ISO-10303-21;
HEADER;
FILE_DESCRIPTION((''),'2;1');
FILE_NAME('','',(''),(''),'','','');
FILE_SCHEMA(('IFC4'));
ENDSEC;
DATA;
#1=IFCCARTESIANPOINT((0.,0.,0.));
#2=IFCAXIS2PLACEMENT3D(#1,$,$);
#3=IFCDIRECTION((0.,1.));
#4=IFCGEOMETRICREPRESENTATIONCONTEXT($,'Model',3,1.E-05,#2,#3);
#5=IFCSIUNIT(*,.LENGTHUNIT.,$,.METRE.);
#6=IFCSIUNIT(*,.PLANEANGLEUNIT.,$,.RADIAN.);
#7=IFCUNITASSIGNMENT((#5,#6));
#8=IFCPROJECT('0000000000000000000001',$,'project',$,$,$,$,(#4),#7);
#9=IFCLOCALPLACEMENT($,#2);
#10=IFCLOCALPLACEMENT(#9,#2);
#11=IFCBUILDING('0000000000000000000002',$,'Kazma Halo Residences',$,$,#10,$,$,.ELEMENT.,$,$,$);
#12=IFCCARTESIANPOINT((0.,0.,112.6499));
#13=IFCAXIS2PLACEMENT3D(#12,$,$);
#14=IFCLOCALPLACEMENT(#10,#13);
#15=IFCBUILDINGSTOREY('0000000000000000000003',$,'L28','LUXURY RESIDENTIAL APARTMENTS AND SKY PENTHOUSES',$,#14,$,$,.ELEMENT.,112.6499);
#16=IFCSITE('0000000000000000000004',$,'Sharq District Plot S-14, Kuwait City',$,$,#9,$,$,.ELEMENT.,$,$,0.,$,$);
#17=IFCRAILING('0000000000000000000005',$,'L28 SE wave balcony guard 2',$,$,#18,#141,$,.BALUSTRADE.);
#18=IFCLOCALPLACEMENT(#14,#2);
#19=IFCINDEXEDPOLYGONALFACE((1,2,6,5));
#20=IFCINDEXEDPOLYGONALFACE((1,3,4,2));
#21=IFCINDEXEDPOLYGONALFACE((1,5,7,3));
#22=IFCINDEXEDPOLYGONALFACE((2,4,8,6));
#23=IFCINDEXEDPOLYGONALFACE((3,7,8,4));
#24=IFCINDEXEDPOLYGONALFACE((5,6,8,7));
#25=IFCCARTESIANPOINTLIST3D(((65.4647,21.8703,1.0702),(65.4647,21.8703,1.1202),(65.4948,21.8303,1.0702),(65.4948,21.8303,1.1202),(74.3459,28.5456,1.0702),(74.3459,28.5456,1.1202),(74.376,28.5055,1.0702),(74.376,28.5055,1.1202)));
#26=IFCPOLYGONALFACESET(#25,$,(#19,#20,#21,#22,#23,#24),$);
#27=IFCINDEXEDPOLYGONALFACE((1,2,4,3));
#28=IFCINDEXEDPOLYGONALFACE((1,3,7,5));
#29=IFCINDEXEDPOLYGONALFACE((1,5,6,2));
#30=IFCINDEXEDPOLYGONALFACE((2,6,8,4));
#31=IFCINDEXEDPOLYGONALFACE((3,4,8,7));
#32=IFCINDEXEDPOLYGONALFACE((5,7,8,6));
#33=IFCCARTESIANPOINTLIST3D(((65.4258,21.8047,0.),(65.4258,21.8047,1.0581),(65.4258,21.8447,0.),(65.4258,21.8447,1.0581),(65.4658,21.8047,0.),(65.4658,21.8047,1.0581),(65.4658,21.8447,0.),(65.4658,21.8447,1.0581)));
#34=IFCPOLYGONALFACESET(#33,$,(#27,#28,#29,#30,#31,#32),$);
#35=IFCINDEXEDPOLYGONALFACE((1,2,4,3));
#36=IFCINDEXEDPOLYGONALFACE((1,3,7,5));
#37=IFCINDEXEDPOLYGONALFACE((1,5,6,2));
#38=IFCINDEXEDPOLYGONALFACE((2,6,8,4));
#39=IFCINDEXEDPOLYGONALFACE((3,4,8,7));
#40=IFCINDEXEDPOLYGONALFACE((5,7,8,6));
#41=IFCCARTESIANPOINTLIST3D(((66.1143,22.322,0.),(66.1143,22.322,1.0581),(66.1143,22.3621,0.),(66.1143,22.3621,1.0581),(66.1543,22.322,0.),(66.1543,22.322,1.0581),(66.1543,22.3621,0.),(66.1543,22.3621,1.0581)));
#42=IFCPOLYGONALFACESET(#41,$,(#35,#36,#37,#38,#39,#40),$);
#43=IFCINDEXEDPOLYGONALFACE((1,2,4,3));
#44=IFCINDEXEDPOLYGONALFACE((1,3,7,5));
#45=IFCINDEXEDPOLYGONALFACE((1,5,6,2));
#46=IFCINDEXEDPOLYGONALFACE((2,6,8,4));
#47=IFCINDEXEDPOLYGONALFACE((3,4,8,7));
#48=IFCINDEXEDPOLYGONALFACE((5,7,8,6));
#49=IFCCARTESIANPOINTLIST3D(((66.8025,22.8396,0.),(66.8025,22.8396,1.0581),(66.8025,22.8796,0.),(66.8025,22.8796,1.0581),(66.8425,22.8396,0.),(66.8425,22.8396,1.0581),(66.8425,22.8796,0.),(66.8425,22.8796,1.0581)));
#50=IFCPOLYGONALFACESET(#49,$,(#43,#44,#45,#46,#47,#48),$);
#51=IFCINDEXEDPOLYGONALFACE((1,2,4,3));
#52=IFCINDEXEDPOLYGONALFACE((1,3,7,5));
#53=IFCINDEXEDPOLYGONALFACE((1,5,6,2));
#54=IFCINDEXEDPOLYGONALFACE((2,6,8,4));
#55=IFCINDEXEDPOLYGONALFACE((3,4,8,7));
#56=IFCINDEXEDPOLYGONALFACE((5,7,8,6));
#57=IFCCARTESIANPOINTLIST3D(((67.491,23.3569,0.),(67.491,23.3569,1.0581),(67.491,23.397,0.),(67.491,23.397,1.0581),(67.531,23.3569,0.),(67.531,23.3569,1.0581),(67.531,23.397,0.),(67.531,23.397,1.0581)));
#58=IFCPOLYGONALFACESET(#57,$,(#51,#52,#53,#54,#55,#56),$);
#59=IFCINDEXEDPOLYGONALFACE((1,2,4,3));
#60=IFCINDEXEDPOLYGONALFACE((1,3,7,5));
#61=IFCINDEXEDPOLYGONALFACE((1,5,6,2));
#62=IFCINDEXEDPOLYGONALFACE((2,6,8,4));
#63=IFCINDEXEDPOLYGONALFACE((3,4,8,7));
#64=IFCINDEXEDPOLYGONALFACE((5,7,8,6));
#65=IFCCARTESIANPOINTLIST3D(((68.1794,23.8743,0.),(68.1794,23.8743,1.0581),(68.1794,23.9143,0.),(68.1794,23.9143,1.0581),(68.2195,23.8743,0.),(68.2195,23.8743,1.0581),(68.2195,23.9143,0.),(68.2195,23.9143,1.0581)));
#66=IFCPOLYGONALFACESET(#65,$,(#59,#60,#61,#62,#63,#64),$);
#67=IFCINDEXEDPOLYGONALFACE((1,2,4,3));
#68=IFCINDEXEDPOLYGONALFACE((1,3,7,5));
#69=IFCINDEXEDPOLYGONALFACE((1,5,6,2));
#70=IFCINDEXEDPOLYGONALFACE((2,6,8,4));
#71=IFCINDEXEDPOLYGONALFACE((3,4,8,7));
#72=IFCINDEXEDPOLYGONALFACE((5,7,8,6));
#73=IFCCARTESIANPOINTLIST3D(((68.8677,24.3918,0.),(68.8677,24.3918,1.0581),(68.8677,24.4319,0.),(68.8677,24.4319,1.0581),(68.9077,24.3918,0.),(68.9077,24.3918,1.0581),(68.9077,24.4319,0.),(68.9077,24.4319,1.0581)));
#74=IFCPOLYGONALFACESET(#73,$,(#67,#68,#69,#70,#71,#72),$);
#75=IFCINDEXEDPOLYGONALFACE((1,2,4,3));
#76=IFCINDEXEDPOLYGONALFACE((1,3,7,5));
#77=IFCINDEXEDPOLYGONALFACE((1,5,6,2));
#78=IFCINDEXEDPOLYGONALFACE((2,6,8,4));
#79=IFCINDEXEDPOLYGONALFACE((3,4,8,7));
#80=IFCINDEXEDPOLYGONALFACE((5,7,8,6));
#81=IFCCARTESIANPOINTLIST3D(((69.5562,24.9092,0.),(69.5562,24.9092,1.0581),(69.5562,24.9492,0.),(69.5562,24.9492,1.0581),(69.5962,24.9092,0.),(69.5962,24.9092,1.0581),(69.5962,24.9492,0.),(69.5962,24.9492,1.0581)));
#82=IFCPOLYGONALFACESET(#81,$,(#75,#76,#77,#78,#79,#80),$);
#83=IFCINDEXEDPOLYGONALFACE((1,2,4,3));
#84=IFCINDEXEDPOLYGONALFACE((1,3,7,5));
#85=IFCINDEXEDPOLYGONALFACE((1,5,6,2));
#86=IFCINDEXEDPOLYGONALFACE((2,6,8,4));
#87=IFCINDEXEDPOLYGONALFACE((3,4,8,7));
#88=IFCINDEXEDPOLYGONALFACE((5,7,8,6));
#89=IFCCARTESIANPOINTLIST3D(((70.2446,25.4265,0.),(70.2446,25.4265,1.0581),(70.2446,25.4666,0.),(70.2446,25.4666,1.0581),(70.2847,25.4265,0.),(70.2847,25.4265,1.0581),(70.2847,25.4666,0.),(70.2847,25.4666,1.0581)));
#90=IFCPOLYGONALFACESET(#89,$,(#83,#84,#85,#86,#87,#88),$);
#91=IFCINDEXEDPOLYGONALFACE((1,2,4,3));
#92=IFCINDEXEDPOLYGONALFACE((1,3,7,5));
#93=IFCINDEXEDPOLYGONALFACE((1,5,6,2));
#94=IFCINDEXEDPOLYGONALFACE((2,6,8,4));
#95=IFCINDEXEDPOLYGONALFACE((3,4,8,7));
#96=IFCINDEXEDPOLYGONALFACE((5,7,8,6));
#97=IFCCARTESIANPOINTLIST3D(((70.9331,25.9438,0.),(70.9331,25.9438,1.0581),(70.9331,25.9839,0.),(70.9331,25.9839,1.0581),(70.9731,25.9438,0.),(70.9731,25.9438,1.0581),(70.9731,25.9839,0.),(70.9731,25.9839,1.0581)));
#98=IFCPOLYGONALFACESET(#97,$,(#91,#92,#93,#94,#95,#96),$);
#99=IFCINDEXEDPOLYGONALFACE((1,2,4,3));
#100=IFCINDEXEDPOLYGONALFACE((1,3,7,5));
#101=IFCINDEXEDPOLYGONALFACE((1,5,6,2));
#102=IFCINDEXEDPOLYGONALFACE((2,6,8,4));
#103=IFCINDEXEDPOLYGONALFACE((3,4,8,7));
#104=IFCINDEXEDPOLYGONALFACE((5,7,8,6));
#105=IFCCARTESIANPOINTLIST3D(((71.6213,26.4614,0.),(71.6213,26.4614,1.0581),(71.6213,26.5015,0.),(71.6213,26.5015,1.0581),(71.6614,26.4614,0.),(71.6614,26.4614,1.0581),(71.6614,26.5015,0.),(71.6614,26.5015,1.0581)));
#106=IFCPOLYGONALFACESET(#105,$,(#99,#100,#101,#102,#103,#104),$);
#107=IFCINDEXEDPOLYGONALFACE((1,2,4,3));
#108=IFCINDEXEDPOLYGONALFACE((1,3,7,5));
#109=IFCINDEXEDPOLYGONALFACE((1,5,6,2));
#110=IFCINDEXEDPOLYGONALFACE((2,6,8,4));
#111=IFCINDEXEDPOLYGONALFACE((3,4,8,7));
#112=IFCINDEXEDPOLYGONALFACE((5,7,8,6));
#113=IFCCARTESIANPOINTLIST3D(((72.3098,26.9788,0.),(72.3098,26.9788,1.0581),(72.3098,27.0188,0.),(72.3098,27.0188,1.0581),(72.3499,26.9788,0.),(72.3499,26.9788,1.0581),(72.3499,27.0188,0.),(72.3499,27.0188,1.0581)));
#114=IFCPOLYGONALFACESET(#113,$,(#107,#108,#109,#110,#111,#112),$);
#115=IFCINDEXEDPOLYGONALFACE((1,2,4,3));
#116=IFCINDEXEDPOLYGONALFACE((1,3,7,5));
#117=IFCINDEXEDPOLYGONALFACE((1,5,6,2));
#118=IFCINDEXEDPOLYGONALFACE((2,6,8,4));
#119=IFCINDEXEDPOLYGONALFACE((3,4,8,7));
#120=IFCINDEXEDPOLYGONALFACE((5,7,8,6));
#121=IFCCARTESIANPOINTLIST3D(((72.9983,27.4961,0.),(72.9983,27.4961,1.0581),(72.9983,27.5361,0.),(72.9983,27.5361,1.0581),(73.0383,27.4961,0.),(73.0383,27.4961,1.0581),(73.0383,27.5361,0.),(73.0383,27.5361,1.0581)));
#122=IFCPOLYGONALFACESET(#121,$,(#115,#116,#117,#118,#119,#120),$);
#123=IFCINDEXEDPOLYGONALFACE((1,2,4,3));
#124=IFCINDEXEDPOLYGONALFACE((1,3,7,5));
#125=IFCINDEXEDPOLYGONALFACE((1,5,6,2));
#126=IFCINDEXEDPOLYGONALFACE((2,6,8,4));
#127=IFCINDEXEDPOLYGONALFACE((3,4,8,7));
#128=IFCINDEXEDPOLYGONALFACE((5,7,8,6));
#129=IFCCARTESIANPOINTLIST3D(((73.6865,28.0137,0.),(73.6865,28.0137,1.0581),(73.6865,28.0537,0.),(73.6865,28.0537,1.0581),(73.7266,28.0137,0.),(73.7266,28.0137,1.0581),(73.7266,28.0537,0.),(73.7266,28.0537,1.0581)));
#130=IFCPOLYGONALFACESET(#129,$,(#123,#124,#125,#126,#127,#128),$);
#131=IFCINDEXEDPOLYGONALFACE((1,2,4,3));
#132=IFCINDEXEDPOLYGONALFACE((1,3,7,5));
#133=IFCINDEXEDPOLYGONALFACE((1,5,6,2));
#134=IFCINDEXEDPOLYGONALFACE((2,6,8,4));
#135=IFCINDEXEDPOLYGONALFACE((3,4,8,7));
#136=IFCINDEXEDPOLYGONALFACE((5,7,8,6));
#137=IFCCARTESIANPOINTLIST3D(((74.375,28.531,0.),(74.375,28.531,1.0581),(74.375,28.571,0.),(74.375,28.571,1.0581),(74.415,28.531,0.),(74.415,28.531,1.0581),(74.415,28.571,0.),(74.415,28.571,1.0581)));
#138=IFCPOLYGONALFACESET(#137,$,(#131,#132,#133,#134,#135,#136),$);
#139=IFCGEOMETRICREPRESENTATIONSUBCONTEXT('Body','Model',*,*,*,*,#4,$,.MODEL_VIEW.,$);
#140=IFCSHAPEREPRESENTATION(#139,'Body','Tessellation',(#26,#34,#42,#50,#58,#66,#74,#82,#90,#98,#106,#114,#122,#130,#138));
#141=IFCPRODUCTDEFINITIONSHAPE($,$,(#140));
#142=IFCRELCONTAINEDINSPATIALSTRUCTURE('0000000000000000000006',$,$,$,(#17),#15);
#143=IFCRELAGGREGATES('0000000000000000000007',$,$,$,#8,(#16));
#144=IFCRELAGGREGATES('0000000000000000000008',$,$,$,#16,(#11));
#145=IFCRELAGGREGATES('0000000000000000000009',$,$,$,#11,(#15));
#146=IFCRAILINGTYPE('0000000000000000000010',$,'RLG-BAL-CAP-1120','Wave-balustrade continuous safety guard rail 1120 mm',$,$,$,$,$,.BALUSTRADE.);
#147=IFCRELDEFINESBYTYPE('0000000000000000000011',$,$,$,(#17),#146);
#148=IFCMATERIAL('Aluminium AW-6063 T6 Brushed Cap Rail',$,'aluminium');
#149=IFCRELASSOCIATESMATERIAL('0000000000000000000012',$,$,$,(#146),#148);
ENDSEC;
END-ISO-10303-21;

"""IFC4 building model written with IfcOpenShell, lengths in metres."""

from ifc_helpers import new_model, si_unit, direction, frame, origin, origin_2d, place, context, subcontext, project, spatial, rectangle, extrude, material, type_object, element, save


model = new_model("IFC4")

# Units and contexts
model_context = context("Model", 3, precision=1e-05, world=origin(), true_north=direction((0.0, 1.0)))
body_context = subcontext(model_context, "Body", "Model", "MODEL_VIEW")
ifc_project = project(units=[si_unit("LENGTHUNIT", "METRE"), si_unit("PLANEANGLEUNIT", "RADIAN")], contexts=[model_context])

# Site, building, storey
site_placement = place(None, origin())
site = spatial("IfcSite", under=ifc_project, at=site_placement, Name="Sharq District Plot S-14, Kuwait City", CompositionType="ELEMENT", RefElevation=0.0)
building_placement = place(site_placement, origin())
building = spatial("IfcBuilding", under=site, at=building_placement, Name="Kazma Halo Residences", CompositionType="ELEMENT")
storey_placement = place(building_placement, frame((0.0, 0.0, 112.6499)))
storey = spatial("IfcBuildingStorey", under=building, at=storey_placement, Name="L28", Description="LUXURY RESIDENTIAL APARTMENTS AND SKY PENTHOUSES", CompositionType="ELEMENT", Elevation=112.6499)

# Railing
ifc_material_1 = material(Name="Aluminium AW-6063 T6 Brushed Cap Rail", Category="aluminium")
railing_type = type_object("IfcRailingType", Name="RLG-BAL-CAP-1120", Description="Wave-balustrade continuous safety guard rail 1120 mm", PredefinedType="BALUSTRADE", material=ifc_material_1)
railing_1_placement = place(storey_placement, frame((65.4458, 21.8247, 0.0)))
element("IfcRailing", 1, at=railing_1_placement, inside=storey, type_object=railing_type, Name="L28 SE wave balcony guard 2", PredefinedType="BALUSTRADE", context=body_context, shape_type="SweptSolid", body=[
    extrude(rectangle(XDim=0.05, YDim=0.05, at=origin_2d()), frame((0.0339, 0.0256, 1.0952), z_axis=(0.799382, 0.600823, 0.0), x_axis=(-0.600823, 0.799382, 0.0)), (0.0, 0.0, 1.0), 11.1101),
    extrude(rectangle(XDim=0.04, YDim=0.04, at=origin_2d()), origin(), (0.0, 0.0, 1.0), 1.0581),
    extrude(rectangle(XDim=0.04, YDim=0.04, at=origin_2d()), frame((0.6885, 0.5173, 0.0)), (0.0, 0.0, 1.0), 1.0581),
    extrude(rectangle(XDim=0.04, YDim=0.04, at=origin_2d()), frame((1.3767, 1.0349, 0.0)), (0.0, 0.0, 1.0), 1.0581),
    extrude(rectangle(XDim=0.04, YDim=0.04, at=origin_2d()), frame((2.0652, 1.5522, 0.0)), (0.0, 0.0, 1.0), 1.0581),
    extrude(rectangle(XDim=0.04, YDim=0.04, at=origin_2d()), frame((2.7537, 2.0696, 0.0)), (0.0, 0.0, 1.0), 1.0581),
    extrude(rectangle(XDim=0.04, YDim=0.04, at=origin_2d()), frame((3.4419, 2.5872, 0.0)), (0.0, 0.0, 1.0), 1.0581),
    extrude(rectangle(XDim=0.04, YDim=0.04, at=origin_2d()), frame((4.1304, 3.1045, 0.0)), (0.0, 0.0, 1.0), 1.0581),
    extrude(rectangle(XDim=0.04, YDim=0.04, at=origin_2d()), frame((4.8188, 3.6218, 0.0)), (0.0, 0.0, 1.0), 1.0581),
    extrude(rectangle(XDim=0.04, YDim=0.04, at=origin_2d()), frame((5.5073, 4.1392, 0.0)), (0.0, 0.0, 1.0), 1.0581),
    extrude(rectangle(XDim=0.04, YDim=0.04, at=origin_2d()), frame((6.1956, 4.6567, 0.0)), (0.0, 0.0, 1.0), 1.0581),
    extrude(rectangle(XDim=0.04, YDim=0.04, at=origin_2d()), frame((6.884, 5.1741, 0.0)), (0.0, 0.0, 1.0), 1.0581),
    extrude(rectangle(XDim=0.04, YDim=0.04, at=origin_2d()), frame((7.5725, 5.6914, 0.0)), (0.0, 0.0, 1.0), 1.0581),
    extrude(rectangle(XDim=0.04, YDim=0.04, at=origin_2d()), frame((8.2607, 6.209, 0.0)), (0.0, 0.0, 1.0), 1.0581),
    extrude(rectangle(XDim=0.04, YDim=0.04, at=origin_2d()), frame((8.9492, 6.7263, 0.0)), (0.0, 0.0, 1.0), 1.0581),
])

save(model, "model.ifc")
